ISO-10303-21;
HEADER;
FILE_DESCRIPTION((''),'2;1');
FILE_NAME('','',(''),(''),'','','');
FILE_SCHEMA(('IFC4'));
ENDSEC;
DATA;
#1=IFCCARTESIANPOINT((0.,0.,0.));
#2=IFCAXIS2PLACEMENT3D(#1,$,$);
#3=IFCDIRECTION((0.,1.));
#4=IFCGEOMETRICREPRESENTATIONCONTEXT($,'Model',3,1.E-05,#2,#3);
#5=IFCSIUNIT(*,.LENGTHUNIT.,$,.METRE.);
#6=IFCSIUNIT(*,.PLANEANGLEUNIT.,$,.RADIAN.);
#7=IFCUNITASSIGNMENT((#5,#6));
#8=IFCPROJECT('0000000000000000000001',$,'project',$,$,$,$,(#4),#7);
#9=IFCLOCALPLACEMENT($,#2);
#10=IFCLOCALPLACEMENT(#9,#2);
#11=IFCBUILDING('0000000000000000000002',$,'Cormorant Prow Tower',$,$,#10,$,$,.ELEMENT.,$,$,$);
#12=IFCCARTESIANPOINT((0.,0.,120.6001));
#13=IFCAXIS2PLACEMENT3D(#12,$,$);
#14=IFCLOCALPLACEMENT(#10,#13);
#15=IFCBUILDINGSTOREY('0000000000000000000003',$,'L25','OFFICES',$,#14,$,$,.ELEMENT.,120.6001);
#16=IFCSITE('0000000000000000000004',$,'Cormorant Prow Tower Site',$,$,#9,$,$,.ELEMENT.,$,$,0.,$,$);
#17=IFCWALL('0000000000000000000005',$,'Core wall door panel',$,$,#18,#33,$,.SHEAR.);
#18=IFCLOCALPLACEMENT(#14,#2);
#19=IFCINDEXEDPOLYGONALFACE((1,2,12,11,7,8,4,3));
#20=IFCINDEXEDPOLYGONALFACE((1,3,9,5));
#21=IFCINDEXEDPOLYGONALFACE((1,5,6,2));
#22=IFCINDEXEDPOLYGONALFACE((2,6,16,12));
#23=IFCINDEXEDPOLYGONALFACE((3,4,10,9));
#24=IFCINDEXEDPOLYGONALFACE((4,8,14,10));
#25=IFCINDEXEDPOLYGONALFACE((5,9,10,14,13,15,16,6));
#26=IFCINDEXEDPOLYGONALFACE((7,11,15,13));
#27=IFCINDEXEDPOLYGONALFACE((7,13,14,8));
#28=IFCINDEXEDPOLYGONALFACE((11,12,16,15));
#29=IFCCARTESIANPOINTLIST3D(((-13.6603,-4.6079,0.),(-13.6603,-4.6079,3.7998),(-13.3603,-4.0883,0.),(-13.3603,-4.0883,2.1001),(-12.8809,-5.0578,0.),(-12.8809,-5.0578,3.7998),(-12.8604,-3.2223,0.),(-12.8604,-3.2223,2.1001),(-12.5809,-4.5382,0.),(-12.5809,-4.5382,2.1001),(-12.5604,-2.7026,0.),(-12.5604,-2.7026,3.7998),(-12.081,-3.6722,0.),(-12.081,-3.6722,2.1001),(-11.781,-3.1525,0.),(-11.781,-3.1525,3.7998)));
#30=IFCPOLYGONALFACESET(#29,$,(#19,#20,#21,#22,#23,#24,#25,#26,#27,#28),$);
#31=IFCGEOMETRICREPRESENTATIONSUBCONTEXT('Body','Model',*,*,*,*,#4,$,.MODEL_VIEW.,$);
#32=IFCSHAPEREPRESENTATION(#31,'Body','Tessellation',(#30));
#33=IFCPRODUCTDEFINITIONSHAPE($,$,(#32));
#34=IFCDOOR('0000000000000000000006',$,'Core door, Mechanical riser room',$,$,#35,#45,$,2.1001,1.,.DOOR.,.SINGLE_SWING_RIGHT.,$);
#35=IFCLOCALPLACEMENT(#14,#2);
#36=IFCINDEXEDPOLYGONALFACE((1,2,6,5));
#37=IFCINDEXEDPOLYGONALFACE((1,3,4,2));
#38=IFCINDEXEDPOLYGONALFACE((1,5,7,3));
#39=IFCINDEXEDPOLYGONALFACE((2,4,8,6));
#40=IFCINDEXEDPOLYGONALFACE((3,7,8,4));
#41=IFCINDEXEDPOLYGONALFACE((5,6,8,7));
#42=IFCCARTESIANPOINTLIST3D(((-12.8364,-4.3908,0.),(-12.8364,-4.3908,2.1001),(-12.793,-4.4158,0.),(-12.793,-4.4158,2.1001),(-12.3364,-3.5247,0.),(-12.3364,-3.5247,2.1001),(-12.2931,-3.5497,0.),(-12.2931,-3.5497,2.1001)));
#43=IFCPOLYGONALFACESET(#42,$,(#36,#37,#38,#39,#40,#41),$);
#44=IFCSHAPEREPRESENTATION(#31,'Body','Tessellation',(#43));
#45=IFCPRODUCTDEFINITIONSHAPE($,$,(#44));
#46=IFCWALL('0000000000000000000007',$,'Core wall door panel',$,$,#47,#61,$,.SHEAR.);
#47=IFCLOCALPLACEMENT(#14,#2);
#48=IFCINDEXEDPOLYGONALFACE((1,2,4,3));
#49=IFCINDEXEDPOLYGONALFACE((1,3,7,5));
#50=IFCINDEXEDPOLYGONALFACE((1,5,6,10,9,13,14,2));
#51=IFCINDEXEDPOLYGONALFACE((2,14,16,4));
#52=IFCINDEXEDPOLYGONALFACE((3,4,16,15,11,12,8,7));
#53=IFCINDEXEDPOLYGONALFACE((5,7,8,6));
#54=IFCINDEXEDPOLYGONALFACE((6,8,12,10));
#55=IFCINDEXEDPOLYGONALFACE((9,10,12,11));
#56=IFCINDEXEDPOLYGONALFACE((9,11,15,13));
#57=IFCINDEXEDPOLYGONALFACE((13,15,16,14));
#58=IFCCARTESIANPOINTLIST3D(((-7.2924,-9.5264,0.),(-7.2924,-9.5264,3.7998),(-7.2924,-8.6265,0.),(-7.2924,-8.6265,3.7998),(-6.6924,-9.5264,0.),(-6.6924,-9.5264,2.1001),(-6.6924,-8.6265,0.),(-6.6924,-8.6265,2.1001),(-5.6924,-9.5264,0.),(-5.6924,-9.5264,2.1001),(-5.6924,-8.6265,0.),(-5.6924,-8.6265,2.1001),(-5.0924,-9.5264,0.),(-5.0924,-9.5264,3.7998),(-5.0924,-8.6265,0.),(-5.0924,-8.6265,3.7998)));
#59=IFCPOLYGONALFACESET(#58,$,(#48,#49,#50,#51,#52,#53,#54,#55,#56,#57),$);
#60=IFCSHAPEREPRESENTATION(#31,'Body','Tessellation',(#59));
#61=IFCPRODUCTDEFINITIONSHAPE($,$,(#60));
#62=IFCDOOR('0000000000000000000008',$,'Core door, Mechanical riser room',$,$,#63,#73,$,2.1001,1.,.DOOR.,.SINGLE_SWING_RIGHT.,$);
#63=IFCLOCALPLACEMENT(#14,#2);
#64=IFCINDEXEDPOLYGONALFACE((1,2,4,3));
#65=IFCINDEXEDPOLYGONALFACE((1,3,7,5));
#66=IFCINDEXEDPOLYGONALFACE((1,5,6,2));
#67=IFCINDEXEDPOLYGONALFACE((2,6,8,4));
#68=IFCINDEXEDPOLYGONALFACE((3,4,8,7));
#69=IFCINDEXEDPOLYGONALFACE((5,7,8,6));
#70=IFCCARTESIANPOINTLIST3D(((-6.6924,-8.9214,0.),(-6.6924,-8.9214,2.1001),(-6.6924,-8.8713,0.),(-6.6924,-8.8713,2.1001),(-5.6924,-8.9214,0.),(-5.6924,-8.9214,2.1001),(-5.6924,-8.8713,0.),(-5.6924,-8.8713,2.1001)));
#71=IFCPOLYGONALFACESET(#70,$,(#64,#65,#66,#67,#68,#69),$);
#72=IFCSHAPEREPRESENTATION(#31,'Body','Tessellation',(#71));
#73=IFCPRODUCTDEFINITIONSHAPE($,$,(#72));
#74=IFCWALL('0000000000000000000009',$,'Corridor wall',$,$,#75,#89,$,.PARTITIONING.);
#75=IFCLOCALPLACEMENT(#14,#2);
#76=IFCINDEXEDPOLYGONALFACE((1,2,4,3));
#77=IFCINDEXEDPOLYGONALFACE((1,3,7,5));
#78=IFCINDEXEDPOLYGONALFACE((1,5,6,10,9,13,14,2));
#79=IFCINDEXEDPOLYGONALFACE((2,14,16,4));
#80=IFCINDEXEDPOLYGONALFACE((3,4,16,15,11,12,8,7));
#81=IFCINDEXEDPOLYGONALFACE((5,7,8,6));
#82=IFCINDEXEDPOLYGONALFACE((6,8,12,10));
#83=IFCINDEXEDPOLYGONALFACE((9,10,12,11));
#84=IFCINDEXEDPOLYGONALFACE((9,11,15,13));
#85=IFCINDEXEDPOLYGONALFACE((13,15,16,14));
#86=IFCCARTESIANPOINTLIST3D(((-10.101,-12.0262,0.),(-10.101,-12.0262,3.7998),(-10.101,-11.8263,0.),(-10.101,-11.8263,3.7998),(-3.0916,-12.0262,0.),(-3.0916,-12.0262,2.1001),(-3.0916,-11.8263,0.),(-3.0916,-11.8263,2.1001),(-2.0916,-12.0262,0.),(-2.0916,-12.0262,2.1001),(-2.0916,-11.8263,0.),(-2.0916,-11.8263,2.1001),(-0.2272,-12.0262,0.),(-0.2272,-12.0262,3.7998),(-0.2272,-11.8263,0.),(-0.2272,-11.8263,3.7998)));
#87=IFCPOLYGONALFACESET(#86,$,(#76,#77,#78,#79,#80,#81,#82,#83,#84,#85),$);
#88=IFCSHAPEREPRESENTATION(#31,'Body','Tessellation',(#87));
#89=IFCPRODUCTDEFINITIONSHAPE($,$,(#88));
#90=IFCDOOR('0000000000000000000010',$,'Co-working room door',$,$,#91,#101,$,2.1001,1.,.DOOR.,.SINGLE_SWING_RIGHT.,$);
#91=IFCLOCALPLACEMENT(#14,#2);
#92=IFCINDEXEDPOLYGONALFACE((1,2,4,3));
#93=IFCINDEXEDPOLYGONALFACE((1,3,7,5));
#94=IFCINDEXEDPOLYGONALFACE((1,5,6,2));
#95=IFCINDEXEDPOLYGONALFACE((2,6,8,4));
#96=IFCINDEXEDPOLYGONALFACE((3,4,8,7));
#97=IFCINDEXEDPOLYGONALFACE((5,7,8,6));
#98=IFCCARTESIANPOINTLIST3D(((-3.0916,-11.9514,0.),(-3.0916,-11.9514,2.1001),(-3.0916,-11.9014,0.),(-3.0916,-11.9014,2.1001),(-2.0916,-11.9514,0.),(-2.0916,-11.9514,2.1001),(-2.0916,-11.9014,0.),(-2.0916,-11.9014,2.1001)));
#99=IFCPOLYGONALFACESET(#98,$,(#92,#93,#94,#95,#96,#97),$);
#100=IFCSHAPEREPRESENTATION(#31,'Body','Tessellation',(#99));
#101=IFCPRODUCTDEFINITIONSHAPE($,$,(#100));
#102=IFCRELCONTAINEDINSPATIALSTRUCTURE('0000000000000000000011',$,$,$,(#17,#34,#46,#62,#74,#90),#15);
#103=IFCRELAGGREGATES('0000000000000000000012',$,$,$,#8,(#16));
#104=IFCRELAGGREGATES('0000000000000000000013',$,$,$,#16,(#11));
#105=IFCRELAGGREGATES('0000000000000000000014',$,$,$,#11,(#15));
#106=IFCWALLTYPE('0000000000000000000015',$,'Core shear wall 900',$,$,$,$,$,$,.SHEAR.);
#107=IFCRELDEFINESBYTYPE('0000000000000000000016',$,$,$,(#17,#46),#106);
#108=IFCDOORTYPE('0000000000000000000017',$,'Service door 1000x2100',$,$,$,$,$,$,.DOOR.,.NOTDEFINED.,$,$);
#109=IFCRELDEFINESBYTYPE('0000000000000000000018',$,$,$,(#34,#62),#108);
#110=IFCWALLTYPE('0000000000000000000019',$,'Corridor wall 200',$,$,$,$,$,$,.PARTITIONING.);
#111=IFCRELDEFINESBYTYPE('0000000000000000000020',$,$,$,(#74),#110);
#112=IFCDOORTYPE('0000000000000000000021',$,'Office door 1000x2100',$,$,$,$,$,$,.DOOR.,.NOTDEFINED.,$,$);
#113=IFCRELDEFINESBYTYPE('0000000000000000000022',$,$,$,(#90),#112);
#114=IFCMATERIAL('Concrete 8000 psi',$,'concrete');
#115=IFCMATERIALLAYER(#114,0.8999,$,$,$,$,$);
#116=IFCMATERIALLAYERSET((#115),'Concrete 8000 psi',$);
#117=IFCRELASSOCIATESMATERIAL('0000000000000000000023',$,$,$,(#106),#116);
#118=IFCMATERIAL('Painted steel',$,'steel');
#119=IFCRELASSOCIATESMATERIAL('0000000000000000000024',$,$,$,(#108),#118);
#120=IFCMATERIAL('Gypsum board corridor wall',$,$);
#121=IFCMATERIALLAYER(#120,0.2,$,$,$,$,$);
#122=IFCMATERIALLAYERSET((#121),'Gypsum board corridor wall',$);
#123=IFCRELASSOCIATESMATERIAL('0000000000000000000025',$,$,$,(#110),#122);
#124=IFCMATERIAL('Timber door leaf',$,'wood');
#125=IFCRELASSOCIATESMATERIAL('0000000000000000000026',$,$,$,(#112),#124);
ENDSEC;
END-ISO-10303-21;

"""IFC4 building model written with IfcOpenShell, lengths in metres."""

from ifc_helpers import new_model, si_unit, direction, frame, frame_2d, origin, place, context, subcontext, project, spatial, rectangle, extrude, material, layer, layer_set, type_object, element, fill, save


model = new_model("IFC4")

# Units and contexts
model_context = context("Model", 3, precision=1e-05, world=origin(), true_north=direction((0.0, 1.0)))
body_context = subcontext(model_context, "Body", "Model", "MODEL_VIEW")
ifc_project = project(units=[si_unit("LENGTHUNIT", "METRE"), si_unit("PLANEANGLEUNIT", "RADIAN")], contexts=[model_context])

# Site, building, storey
site_placement = place(None, origin())
site = spatial("IfcSite", under=ifc_project, at=site_placement, Name="Cormorant Prow Tower Site", CompositionType="ELEMENT", RefElevation=0.0)
building_placement = place(site_placement, origin())
building = spatial("IfcBuilding", under=site, at=building_placement, Name="Cormorant Prow Tower", CompositionType="ELEMENT")
storey_placement = place(building_placement, frame((0.0, 0.0, 120.6001)))
storey = spatial("IfcBuildingStorey", under=building, at=storey_placement, Name="L25", Description="OFFICES", CompositionType="ELEMENT", Elevation=120.6001)

# Shared definitions
ifc_material_1 = material(Name="Concrete 8000 psi", Category="concrete")
ifc_layer_1 = layer(ifc_material_1, 0.8999)
ifc_layer_set_1 = layer_set([ifc_layer_1], Name="Concrete 8000 psi")
wall_type_1 = type_object("IfcWallType", Name="Core shear wall 900", PredefinedType="SHEAR", material=ifc_layer_set_1)

# Walls, openings, doors
ifc_material_2 = material(Name="Painted steel", Category="steel")
door_type_1 = type_object("IfcDoorType", Name="Service door 1000x2100", OperationType="NOTDEFINED", PredefinedType="DOOR", material=ifc_material_2)
wall_1_placement = place(storey_placement, frame((-12.1707, -2.9275, 0.0), z_axis=(0.0, 0.0, 1.0), x_axis=(-0.499947, -0.866056, 0.0)))
wall_1 = element("IfcWall", 1, at=wall_1_placement, inside=storey, type_object=wall_type_1, Name="Core wall door panel", PredefinedType="SHEAR", context=body_context, shape_type="SweptSolid", body=[
    extrude(rectangle(XDim=2.2, YDim=0.8999, at=frame_2d((1.1001, 0.0))), origin(), (0.0, 0.0, 1.0), 3.7998),
])
opening_1_placement = place(wall_1_placement, frame((0.6001, 0.0, 0.0)))
opening_1 = element("IfcOpeningElement", 2, at=opening_1_placement, cuts=wall_1, PredefinedType="OPENING", context=body_context, shape_type="SweptSolid", body=[
    extrude(rectangle(XDim=1.0, YDim=2.1001, at=frame_2d((0.5, 1.05))), frame((0.0, 0.46, 0.0), z_axis=(0.0, -1.0, 0.0), x_axis=(1.0, 0.0, 0.0)), (0.0, 0.0, 1.0), 0.9199),
])
door_1_placement = place(opening_1_placement, origin())
door_1 = element("IfcDoor", 3, at=door_1_placement, inside=storey, type_object=door_type_1, Name="Core door, Mechanical riser room", OperationType="SINGLE_SWING_RIGHT", OverallHeight=2.1001, OverallWidth=1.0, PredefinedType="DOOR", context=body_context, shape_type="SweptSolid", body=[
    extrude(rectangle(XDim=1.0, YDim=2.1001, at=frame_2d((0.5, 1.05))), frame((0.0, 0.2051, 0.0), z_axis=(0.0, -1.0, 0.0), x_axis=(1.0, 0.0, 0.0)), (0.0, 0.0, 1.0), 0.05),
])
fill(opening_1, door_1)
wall_2_placement = place(storey_placement, frame((-7.2925, -9.0764, 0.0), z_axis=(0.0, 0.0, 1.0), x_axis=(1.0, 0.0, 0.0)))
wall_2 = element("IfcWall", 4, at=wall_2_placement, inside=storey, type_object=wall_type_1, Name="Core wall door panel", PredefinedType="SHEAR", context=body_context, shape_type="SweptSolid", body=[
    extrude(rectangle(XDim=2.2, YDim=0.8999, at=frame_2d((1.1001, 0.0))), origin(), (0.0, 0.0, 1.0), 3.7998),
])
opening_2_placement = place(wall_2_placement, frame((0.6001, 0.0, 0.0)))
opening_2 = element("IfcOpeningElement", 5, at=opening_2_placement, cuts=wall_2, PredefinedType="OPENING", context=body_context, shape_type="SweptSolid", body=[
    extrude(rectangle(XDim=1.0, YDim=2.1001, at=frame_2d((0.5, 1.05))), frame((0.0, 0.46, 0.0), z_axis=(0.0, -1.0, 0.0), x_axis=(1.0, 0.0, 0.0)), (0.0, 0.0, 1.0), 0.9199),
])
door_2_placement = place(opening_2_placement, origin())
door_2 = element("IfcDoor", 6, at=door_2_placement, inside=storey, type_object=door_type_1, Name="Core door, Mechanical riser room", OperationType="SINGLE_SWING_RIGHT", OverallHeight=2.1001, OverallWidth=1.0, PredefinedType="DOOR", context=body_context, shape_type="SweptSolid", body=[
    extrude(rectangle(XDim=1.0, YDim=2.1001, at=frame_2d((0.5, 1.05))), frame((0.0, 0.2051, 0.0), z_axis=(0.0, -1.0, 0.0), x_axis=(1.0, 0.0, 0.0)), (0.0, 0.0, 1.0), 0.05),
])
fill(opening_2, door_2)
ifc_material_3 = material(Name="Gypsum board corridor wall")
ifc_layer_2 = layer(ifc_material_3, 0.2)
ifc_layer_set_2 = layer_set([ifc_layer_2], Name="Gypsum board corridor wall")
wall_type_2 = type_object("IfcWallType", Name="Corridor wall 200", PredefinedType="PARTITIONING", material=ifc_layer_set_2)
wall_3_placement = place(storey_placement, frame((-10.1011, -11.9263, 0.0), z_axis=(0.0, 0.0, 1.0), x_axis=(1.0, 0.0, 0.0)))
wall_3 = element("IfcWall", 7, at=wall_3_placement, inside=storey, type_object=wall_type_2, Name="Corridor wall", PredefinedType="PARTITIONING", context=body_context, shape_type="SweptSolid", body=[
    extrude(rectangle(XDim=9.8738, YDim=0.2, at=frame_2d((4.937, 0.0))), origin(), (0.0, 0.0, 1.0), 3.7998),
])
opening_3_placement = place(wall_3_placement, frame((7.0095, 0.0, 0.0)))
opening_3 = element("IfcOpeningElement", 8, at=opening_3_placement, cuts=wall_3, PredefinedType="OPENING", context=body_context, shape_type="SweptSolid", body=[
    extrude(rectangle(XDim=1.0, YDim=2.1001, at=frame_2d((0.5, 1.05))), frame((0.0, 0.1099, 0.0), z_axis=(0.0, -1.0, 0.0), x_axis=(1.0, 0.0, 0.0)), (0.0, 0.0, 1.0), 0.22),
])
ifc_material_4 = material(Name="Timber door leaf", Category="wood")
door_type_2 = type_object("IfcDoorType", Name="Office door 1000x2100", OperationType="NOTDEFINED", PredefinedType="DOOR", material=ifc_material_4)
door_3_placement = place(opening_3_placement, origin())
door_3 = element("IfcDoor", 9, at=door_3_placement, inside=storey, type_object=door_type_2, Name="Co-working room door", OperationType="SINGLE_SWING_RIGHT", OverallHeight=2.1001, OverallWidth=1.0, PredefinedType="DOOR", context=body_context, shape_type="SweptSolid", body=[
    extrude(rectangle(XDim=1.0, YDim=2.1001, at=frame_2d((0.5, 1.05))), frame((0.0, 0.0249, 0.0), z_axis=(0.0, -1.0, 0.0), x_axis=(1.0, 0.0, 0.0)), (0.0, 0.0, 1.0), 0.05),
])
fill(opening_3, door_3)

save(model, "model.ifc")
